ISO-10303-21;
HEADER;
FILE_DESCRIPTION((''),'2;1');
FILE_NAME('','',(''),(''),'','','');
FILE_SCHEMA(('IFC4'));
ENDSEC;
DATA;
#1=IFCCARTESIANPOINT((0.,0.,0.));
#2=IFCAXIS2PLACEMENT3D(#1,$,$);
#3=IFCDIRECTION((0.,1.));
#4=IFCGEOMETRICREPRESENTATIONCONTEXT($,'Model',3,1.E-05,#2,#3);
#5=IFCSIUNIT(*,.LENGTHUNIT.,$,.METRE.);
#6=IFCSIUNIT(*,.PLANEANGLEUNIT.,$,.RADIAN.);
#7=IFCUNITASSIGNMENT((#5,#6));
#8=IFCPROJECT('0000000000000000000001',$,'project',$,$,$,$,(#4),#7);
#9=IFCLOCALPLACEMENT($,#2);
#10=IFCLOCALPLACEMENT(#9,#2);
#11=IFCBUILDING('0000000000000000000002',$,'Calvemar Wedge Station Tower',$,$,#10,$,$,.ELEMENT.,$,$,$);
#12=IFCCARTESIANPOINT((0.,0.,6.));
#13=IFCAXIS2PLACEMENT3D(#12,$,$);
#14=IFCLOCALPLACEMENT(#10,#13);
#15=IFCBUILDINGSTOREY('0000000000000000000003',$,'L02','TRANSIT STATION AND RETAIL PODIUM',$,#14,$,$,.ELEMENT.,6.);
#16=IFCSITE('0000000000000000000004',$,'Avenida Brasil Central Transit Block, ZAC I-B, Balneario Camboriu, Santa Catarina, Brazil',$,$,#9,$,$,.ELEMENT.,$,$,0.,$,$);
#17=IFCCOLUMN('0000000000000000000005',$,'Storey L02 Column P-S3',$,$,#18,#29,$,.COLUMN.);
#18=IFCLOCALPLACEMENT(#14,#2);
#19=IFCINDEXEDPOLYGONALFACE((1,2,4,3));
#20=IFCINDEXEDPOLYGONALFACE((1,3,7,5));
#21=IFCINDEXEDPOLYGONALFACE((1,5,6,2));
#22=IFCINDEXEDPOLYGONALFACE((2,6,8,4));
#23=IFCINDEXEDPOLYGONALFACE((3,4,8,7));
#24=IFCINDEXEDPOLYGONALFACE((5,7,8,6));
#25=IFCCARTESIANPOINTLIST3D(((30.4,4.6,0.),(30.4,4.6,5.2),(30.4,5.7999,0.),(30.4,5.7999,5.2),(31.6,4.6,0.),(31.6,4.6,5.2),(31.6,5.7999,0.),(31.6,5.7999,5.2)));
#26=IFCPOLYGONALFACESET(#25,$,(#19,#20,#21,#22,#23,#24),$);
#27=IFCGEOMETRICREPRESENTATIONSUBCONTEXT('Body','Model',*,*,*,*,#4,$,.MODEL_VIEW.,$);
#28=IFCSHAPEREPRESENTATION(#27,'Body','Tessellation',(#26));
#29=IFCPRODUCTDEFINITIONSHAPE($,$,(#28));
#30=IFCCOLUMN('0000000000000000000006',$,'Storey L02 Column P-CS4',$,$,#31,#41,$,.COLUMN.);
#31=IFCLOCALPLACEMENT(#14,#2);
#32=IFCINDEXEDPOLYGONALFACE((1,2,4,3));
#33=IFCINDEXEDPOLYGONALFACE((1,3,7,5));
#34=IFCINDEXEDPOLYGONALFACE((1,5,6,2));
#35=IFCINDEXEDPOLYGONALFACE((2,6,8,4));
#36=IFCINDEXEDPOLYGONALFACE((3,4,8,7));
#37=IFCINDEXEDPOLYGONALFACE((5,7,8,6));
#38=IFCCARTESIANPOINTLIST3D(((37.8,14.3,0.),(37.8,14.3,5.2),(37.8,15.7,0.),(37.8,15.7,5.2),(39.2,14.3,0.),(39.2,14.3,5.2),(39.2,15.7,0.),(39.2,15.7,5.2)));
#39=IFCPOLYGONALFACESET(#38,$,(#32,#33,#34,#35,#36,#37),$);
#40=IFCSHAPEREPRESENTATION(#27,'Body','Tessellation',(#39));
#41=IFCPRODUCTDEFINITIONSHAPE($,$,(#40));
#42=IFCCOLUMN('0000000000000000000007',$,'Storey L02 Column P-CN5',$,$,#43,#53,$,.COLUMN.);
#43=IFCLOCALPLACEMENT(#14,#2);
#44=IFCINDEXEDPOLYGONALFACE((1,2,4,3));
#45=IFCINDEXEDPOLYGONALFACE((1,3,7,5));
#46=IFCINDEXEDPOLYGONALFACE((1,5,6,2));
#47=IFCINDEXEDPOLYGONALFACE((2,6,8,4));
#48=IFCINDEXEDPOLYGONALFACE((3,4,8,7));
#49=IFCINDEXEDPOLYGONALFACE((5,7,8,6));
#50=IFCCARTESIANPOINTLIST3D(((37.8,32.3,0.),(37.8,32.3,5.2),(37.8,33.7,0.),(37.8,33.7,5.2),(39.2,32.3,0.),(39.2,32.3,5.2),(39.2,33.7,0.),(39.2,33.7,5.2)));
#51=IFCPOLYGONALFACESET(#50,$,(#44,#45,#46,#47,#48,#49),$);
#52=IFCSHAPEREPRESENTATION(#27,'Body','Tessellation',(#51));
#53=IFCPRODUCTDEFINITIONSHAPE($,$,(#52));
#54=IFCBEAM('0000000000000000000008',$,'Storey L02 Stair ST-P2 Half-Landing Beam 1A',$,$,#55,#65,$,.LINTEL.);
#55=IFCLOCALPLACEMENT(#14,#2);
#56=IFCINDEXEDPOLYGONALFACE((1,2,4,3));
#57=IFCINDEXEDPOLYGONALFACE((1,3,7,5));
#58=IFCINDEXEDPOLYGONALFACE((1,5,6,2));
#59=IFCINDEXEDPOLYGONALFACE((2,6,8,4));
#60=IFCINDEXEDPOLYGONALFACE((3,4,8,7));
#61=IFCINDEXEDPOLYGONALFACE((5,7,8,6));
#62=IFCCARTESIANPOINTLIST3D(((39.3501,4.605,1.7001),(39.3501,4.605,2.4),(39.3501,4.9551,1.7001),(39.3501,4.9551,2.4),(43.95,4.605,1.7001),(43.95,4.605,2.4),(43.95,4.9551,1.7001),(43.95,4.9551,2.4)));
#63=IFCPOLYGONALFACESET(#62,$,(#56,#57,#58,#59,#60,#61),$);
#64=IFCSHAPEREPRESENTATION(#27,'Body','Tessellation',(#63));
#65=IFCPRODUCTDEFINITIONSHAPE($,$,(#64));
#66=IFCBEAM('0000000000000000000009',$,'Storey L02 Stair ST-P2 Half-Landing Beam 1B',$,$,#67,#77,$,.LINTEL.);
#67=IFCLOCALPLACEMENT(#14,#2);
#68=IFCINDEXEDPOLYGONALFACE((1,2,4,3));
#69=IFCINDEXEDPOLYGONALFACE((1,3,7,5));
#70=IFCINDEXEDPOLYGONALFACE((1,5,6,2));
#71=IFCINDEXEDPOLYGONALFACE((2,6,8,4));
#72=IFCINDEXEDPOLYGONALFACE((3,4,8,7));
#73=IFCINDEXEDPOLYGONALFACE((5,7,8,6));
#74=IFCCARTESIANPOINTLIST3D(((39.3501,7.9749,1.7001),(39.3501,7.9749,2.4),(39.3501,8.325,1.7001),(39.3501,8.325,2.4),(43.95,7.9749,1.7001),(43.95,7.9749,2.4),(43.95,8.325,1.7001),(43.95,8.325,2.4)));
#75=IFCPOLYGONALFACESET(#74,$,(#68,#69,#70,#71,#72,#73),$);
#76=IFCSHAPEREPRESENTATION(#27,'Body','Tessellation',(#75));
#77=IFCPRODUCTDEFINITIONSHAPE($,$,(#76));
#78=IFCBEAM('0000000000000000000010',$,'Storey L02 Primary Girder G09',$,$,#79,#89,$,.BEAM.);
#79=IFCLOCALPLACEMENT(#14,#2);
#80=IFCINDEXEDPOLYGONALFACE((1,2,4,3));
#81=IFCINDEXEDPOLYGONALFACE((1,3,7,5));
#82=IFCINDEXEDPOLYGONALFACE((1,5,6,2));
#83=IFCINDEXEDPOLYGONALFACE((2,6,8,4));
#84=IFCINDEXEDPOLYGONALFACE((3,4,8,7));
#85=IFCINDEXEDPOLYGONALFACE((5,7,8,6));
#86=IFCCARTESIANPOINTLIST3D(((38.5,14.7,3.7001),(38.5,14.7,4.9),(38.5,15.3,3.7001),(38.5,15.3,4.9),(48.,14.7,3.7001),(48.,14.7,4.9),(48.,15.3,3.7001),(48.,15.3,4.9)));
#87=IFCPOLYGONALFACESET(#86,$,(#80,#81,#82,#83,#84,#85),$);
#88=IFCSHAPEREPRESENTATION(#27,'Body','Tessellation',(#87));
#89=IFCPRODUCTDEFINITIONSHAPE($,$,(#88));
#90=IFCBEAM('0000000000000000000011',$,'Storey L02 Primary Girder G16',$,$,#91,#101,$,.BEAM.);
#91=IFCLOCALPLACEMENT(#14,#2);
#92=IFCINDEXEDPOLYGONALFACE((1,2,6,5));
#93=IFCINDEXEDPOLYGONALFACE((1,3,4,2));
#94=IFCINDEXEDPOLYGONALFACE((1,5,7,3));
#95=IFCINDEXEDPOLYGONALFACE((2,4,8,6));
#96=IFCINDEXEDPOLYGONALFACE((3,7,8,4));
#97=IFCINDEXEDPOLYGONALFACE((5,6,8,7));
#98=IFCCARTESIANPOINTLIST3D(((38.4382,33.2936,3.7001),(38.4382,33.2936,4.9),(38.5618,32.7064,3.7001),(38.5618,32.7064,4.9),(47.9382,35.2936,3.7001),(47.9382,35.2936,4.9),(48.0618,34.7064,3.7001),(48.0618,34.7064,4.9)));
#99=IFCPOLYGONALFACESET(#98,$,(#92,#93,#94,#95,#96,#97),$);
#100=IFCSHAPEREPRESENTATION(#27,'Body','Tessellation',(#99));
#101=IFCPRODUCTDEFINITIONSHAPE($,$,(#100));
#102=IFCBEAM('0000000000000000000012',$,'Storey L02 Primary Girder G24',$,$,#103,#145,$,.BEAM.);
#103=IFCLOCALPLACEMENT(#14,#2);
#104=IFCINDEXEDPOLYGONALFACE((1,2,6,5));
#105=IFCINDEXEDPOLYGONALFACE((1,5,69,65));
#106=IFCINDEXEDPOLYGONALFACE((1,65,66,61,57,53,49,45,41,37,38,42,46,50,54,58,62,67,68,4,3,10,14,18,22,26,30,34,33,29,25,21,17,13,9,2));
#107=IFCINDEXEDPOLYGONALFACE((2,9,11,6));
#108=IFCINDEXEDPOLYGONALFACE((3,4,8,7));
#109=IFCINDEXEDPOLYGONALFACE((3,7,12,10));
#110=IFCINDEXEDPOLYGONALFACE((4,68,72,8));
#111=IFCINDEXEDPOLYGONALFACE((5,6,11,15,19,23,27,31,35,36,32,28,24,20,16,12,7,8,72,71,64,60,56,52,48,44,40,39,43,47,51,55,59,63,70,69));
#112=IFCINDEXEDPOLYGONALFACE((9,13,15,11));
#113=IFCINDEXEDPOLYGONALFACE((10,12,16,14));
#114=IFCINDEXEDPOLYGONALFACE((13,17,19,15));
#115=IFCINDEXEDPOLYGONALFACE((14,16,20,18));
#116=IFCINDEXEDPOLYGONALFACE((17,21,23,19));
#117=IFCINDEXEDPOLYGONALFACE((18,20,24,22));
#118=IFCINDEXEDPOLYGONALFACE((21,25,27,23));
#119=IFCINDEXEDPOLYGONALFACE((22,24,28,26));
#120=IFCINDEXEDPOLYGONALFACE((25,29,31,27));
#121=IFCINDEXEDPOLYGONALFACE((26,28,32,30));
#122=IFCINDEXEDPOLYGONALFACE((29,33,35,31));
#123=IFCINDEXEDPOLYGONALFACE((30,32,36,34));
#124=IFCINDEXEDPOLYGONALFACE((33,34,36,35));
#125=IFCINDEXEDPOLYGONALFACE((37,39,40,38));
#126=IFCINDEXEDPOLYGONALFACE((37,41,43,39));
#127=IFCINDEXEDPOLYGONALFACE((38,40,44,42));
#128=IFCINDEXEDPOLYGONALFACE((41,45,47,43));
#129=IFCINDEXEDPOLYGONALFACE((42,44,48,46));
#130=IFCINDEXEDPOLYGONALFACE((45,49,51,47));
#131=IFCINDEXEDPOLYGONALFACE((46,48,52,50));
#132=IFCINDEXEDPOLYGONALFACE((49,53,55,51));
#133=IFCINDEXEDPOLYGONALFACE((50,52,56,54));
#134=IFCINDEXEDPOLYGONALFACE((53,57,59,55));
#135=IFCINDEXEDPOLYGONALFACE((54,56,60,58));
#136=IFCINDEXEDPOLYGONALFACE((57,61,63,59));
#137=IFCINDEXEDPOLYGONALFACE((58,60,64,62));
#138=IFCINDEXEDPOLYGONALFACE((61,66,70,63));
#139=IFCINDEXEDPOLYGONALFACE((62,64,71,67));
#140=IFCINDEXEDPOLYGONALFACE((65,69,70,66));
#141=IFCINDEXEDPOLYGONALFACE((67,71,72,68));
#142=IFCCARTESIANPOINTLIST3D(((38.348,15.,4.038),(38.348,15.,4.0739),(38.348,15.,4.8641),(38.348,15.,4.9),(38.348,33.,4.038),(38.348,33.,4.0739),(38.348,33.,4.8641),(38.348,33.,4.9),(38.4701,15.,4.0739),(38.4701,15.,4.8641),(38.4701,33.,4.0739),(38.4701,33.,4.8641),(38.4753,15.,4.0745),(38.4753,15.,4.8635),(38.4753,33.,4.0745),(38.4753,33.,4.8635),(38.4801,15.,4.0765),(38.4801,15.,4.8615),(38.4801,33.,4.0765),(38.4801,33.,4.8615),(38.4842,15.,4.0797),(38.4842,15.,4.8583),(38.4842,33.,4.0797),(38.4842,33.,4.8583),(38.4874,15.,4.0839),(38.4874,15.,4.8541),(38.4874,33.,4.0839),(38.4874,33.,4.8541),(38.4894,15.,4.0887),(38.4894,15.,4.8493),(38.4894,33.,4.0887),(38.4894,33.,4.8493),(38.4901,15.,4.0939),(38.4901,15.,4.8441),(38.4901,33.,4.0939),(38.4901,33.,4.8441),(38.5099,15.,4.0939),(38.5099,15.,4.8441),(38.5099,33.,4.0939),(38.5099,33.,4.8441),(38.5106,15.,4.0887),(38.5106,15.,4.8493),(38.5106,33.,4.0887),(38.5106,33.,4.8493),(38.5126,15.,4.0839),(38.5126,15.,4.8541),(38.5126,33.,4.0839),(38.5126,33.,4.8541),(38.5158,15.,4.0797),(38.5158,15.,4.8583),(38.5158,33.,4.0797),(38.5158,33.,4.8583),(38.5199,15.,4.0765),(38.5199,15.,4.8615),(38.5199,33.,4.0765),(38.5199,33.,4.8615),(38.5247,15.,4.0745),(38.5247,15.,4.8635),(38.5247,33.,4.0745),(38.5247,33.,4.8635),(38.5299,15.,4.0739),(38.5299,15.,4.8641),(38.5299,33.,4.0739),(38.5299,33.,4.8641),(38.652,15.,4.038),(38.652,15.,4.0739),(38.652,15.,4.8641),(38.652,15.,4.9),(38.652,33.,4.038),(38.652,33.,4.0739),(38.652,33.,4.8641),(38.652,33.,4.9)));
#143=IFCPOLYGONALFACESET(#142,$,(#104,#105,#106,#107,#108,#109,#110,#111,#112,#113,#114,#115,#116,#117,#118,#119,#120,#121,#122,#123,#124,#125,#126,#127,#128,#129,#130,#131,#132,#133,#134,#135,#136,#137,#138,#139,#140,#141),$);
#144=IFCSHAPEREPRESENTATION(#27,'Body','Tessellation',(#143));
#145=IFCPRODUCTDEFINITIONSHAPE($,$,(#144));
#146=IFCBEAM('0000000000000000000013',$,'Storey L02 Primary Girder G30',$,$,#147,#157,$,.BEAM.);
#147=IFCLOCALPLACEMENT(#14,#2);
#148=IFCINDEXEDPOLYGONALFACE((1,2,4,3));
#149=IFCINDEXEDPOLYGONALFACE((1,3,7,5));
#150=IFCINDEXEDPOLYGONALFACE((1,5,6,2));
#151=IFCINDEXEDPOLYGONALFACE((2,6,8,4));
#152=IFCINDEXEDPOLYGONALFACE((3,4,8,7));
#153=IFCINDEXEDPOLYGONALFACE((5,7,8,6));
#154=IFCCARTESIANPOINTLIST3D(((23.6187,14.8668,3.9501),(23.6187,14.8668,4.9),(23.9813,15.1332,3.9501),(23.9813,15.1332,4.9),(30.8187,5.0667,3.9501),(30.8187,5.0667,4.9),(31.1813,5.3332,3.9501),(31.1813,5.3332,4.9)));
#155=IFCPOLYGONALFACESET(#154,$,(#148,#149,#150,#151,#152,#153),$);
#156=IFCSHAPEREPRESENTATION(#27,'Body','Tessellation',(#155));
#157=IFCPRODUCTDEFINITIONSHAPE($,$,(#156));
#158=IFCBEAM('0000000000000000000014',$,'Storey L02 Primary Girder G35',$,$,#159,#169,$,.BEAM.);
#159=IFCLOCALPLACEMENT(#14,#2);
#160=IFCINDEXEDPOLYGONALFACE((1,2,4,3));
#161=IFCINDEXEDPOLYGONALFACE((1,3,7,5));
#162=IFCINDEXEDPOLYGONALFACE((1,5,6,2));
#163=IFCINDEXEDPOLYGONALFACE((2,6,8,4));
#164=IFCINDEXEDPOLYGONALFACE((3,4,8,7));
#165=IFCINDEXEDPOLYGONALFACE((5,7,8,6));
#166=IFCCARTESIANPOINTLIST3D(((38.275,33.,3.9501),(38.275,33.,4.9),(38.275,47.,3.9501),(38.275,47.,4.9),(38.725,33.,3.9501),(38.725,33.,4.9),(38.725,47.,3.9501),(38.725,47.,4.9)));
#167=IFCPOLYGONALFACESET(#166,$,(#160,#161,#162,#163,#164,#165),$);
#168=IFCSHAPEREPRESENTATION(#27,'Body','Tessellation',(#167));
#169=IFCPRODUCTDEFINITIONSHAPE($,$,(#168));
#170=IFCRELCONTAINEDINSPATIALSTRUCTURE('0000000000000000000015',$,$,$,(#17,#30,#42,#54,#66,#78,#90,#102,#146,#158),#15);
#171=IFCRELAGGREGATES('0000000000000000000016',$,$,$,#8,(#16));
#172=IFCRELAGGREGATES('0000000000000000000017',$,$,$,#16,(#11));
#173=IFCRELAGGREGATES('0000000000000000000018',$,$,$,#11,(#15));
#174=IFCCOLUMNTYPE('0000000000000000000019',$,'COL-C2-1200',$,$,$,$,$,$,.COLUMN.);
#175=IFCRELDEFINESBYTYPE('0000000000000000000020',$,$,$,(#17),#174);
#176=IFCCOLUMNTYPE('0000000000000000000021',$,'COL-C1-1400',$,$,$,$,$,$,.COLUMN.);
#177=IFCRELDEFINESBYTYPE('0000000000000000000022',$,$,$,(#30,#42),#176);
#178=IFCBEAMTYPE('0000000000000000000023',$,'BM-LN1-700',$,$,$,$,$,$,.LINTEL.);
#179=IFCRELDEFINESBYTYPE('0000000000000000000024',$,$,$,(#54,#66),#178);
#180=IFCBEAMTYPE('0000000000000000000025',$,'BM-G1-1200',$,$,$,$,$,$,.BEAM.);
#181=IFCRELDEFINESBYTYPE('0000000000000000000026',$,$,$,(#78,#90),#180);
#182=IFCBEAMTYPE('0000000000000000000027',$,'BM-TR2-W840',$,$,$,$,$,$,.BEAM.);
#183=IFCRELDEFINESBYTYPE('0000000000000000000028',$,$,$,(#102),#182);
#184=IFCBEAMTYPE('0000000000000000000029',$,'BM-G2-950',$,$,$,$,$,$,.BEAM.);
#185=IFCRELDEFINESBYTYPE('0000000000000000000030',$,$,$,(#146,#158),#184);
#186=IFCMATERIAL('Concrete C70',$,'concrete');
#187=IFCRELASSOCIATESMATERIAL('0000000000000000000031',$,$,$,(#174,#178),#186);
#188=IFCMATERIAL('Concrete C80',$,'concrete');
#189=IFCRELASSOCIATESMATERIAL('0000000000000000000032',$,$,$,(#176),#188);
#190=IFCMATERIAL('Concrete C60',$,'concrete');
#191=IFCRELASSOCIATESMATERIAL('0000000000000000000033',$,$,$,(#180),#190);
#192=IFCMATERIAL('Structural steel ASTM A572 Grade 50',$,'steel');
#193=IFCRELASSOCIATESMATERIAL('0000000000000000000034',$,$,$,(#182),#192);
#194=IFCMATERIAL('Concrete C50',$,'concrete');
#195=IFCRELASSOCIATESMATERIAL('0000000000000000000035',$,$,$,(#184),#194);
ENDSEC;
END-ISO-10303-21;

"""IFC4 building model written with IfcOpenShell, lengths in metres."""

from ifc_helpers import new_model, si_unit, direction, frame, origin, origin_2d, place, context, subcontext, project, spatial, rectangle, i_section, extrude, source, transform, mapped, material, material_profile, profile_set, type_object, element, save


model = new_model("IFC4")

# Units and contexts
model_context = context("Model", 3, precision=1e-05, world=origin(), true_north=direction((0.0, 1.0)))
body_context = subcontext(model_context, "Body", "Model", "MODEL_VIEW")
ifc_project = project(units=[si_unit("LENGTHUNIT", "METRE"), si_unit("PLANEANGLEUNIT", "RADIAN")], contexts=[model_context])

# Site, building, storey
site_placement = place(None, origin())
site = spatial("IfcSite", under=ifc_project, at=site_placement, Name="Avenida Brasil Central Transit Block, ZAC I-B, Balneario Camboriu, Santa Catarina, Brazil", CompositionType="ELEMENT", RefElevation=0.0)
building_placement = place(site_placement, origin())
building = spatial("IfcBuilding", under=site, at=building_placement, Name="Calvemar Wedge Station Tower", CompositionType="ELEMENT")
storey_placement = place(building_placement, frame((0.0, 0.0, 6.0)))
storey = spatial("IfcBuildingStorey", under=building, at=storey_placement, Name="L02", Description="TRANSIT STATION AND RETAIL PODIUM", CompositionType="ELEMENT", Elevation=6.0)

# Columns
ifc_material_1 = material(Name="Concrete C70", Category="concrete")
ifc_material_profile_1 = material_profile(ifc_material_1, rectangle(XDim=1.2, YDim=1.2, at=origin_2d()), Name="RC1200x1200")
ifc_profile_set_1 = profile_set([ifc_material_profile_1], Name="Concrete C70")
column_type_1 = type_object("IfcColumnType", Name="COL-C2-1200", PredefinedType="COLUMN", material=ifc_profile_set_1)
shared_shape_1 = source(origin(), body_context, "Body", "SweptSolid", [
    extrude(rectangle(XDim=1.2, YDim=1.2, at=origin_2d()), origin(), (0.0, 0.0, 1.0), 5.2),
])
column_placement = place(storey_placement, frame((31.0, 5.2, 0.0), z_axis=(0.0, 0.0, 1.0), x_axis=(1.0, 0.0, 0.0)))
element("IfcColumn", 1, at=column_placement, inside=storey, type_object=column_type_1, Name="Storey L02 Column P-S3", PredefinedType="COLUMN", context=body_context, shape_type="MappedRepresentation", body=[
    mapped(shared_shape_1, transform((0.0, 0.0, 0.0), scale=1.0)),
])
ifc_material_2 = material(Name="Concrete C80", Category="concrete")
ifc_material_profile_2 = material_profile(ifc_material_2, rectangle(XDim=1.3999, YDim=1.3999, at=origin_2d()), Name="RC1400x1400")
ifc_profile_set_2 = profile_set([ifc_material_profile_2], Name="Concrete C80")
column_type_2 = type_object("IfcColumnType", Name="COL-C1-1400", PredefinedType="COLUMN", material=ifc_profile_set_2)
shared_shape_2 = source(origin(), body_context, "Body", "SweptSolid", [
    extrude(rectangle(XDim=1.3999, YDim=1.3999, at=origin_2d()), origin(), (0.0, 0.0, 1.0), 5.2),
])
for number, where, z_axis, x_axis, name in (
    (2, (38.5, 15.0, 0.0), (0.0, 0.0, 1.0), (1.0, 0.0, 0.0), "Storey L02 Column P-CS4"),
    (3, (38.5, 33.0, 0.0), (0.0, 0.0, 1.0), (1.0, 0.0, 0.0), "Storey L02 Column P-CN5"),
):
    element("IfcColumn", number, at=place(storey_placement, frame(where, z_axis=z_axis, x_axis=x_axis)), inside=storey, type_object=column_type_2, Name=name, PredefinedType="COLUMN", context=body_context, shape_type="MappedRepresentation", body=[
        mapped(shared_shape_2, transform((0.0, 0.0, 0.0), scale=1.0)),
    ])

# Beams
ifc_material_profile_3 = material_profile(ifc_material_1, rectangle(XDim=0.3501, YDim=0.7, at=origin_2d()), Name="RC350x700")
ifc_profile_set_3 = profile_set([ifc_material_profile_3], Name="Concrete C70")
beam_type_1 = type_object("IfcBeamType", Name="BM-LN1-700", PredefinedType="LINTEL", material=ifc_profile_set_3)
shared_shape_3 = source(origin(), body_context, "Body", "SweptSolid", [
    extrude(rectangle(XDim=0.3501, YDim=0.7, at=origin_2d()), origin(), (0.0, 0.0, 1.0), 4.5999),
])
for number, where, z_axis, x_axis, name in (
    (4, (39.3501, 4.78, 2.05), (1.0, 0.0, 0.0), (0.0, 1.0, 0.0), "Storey L02 Stair ST-P2 Half-Landing Beam 1A"),
    (5, (39.3501, 8.1499, 2.05), (1.0, 0.0, 0.0), (0.0, 1.0, 0.0), "Storey L02 Stair ST-P2 Half-Landing Beam 1B"),
):
    element("IfcBeam", number, at=place(storey_placement, frame(where, z_axis=z_axis, x_axis=x_axis)), inside=storey, type_object=beam_type_1, Name=name, PredefinedType="LINTEL", context=body_context, shape_type="MappedRepresentation", body=[
        mapped(shared_shape_3, transform((0.0, 0.0, 0.0), scale=1.0)),
    ])
ifc_material_3 = material(Name="Concrete C60", Category="concrete")
ifc_material_profile_4 = material_profile(ifc_material_3, rectangle(XDim=0.6001, YDim=1.2, at=origin_2d()), Name="RC600x1200")
ifc_profile_set_4 = profile_set([ifc_material_profile_4], Name="Concrete C60")
beam_type_2 = type_object("IfcBeamType", Name="BM-G1-1200", PredefinedType="BEAM", material=ifc_profile_set_4)
shared_shape_4 = source(origin(), body_context, "Body", "SweptSolid", [
    extrude(rectangle(XDim=0.6001, YDim=1.2, at=origin_2d()), origin(), (0.0, 0.0, 1.0), 9.5),
])
beam_1_placement = place(storey_placement, frame((38.5, 15.0, 4.3), z_axis=(1.0, 0.0, 0.0), x_axis=(0.0, 1.0, 0.0)))
element("IfcBeam", 6, at=beam_1_placement, inside=storey, type_object=beam_type_2, Name="Storey L02 Primary Girder G09", PredefinedType="BEAM", context=body_context, shape_type="MappedRepresentation", body=[
    mapped(shared_shape_4, transform((0.0, 0.0, 0.0), scale=1.0)),
])
shared_shape_5 = source(origin(), body_context, "Body", "SweptSolid", [
    extrude(rectangle(XDim=0.6001, YDim=1.2, at=origin_2d()), origin(), (0.0, 0.0, 1.0), 9.7083),
])
beam_2_placement = place(storey_placement, frame((38.5, 33.0, 4.3), z_axis=(0.97855, 0.20601, 0.0), x_axis=(-0.20601, 0.97855, 0.0)))
element("IfcBeam", 7, at=beam_2_placement, inside=storey, type_object=beam_type_2, Name="Storey L02 Primary Girder G16", PredefinedType="BEAM", context=body_context, shape_type="MappedRepresentation", body=[
    mapped(shared_shape_5, transform((0.0, 0.0, 0.0), scale=1.0)),
])
ifc_material_4 = material(Name="Structural steel ASTM A572 Grade 50", Category="steel")
ifc_material_profile_5 = material_profile(ifc_material_4, i_section(OverallWidth=0.304, OverallDepth=0.8621, WebThickness=0.0198, FlangeThickness=0.0359, FilletRadius=0.02, at=origin_2d()), Name="W840x329")
ifc_profile_set_5 = profile_set([ifc_material_profile_5], Name="Structural steel ASTM A572 Grade 50")
beam_type_3 = type_object("IfcBeamType", Name="BM-TR2-W840", PredefinedType="BEAM", material=ifc_profile_set_5)
shared_shape_6 = source(origin(), body_context, "Body", "SweptSolid", [
    extrude(i_section(OverallWidth=0.304, OverallDepth=0.8621, WebThickness=0.0198, FlangeThickness=0.0359, FilletRadius=0.02, at=origin_2d()), origin(), (0.0, 0.0, 1.0), 18.0),
])
beam_3_placement = place(storey_placement, frame((38.5, 15.0, 4.469), z_axis=(0.0, 1.0, 0.0), x_axis=(-1.0, 0.0, 0.0)))
element("IfcBeam", 8, at=beam_3_placement, inside=storey, type_object=beam_type_3, Name="Storey L02 Primary Girder G24", PredefinedType="BEAM", context=body_context, shape_type="MappedRepresentation", body=[
    mapped(shared_shape_6, transform((0.0, 0.0, 0.0), scale=1.0)),
])
ifc_material_5 = material(Name="Concrete C50", Category="concrete")
ifc_material_profile_6 = material_profile(ifc_material_5, rectangle(XDim=0.45, YDim=0.95, at=origin_2d()), Name="RC450x950")
ifc_profile_set_6 = profile_set([ifc_material_profile_6], Name="Concrete C50")
beam_type_4 = type_object("IfcBeamType", Name="BM-G2-950", PredefinedType="BEAM", material=ifc_profile_set_6)
shared_shape_7 = source(origin(), body_context, "Body", "SweptSolid", [
    extrude(rectangle(XDim=0.45, YDim=0.95, at=origin_2d()), origin(), (0.0, 0.0, 1.0), 12.1606),
])
beam_4_placement = place(storey_placement, frame((31.0, 5.2, 4.425), z_axis=(-0.592072, 0.805885, 0.0), x_axis=(-0.805885, -0.592072, 0.0)))
element("IfcBeam", 9, at=beam_4_placement, inside=storey, type_object=beam_type_4, Name="Storey L02 Primary Girder G30", PredefinedType="BEAM", context=body_context, shape_type="MappedRepresentation", body=[
    mapped(shared_shape_7, transform((0.0, 0.0, 0.0), scale=1.0)),
])
shared_shape_8 = source(origin(), body_context, "Body", "SweptSolid", [
    extrude(rectangle(XDim=0.45, YDim=0.95, at=origin_2d()), origin(), (0.0, 0.0, 1.0), 14.0),
])
beam_5_placement = place(storey_placement, frame((38.5, 33.0, 4.425), z_axis=(0.0, 1.0, 0.0), x_axis=(-1.0, 0.0, 0.0)))
element("IfcBeam", 10, at=beam_5_placement, inside=storey, type_object=beam_type_4, Name="Storey L02 Primary Girder G35", PredefinedType="BEAM", context=body_context, shape_type="MappedRepresentation", body=[
    mapped(shared_shape_8, transform((0.0, 0.0, 0.0), scale=1.0)),
])

save(model, "model.ifc")
